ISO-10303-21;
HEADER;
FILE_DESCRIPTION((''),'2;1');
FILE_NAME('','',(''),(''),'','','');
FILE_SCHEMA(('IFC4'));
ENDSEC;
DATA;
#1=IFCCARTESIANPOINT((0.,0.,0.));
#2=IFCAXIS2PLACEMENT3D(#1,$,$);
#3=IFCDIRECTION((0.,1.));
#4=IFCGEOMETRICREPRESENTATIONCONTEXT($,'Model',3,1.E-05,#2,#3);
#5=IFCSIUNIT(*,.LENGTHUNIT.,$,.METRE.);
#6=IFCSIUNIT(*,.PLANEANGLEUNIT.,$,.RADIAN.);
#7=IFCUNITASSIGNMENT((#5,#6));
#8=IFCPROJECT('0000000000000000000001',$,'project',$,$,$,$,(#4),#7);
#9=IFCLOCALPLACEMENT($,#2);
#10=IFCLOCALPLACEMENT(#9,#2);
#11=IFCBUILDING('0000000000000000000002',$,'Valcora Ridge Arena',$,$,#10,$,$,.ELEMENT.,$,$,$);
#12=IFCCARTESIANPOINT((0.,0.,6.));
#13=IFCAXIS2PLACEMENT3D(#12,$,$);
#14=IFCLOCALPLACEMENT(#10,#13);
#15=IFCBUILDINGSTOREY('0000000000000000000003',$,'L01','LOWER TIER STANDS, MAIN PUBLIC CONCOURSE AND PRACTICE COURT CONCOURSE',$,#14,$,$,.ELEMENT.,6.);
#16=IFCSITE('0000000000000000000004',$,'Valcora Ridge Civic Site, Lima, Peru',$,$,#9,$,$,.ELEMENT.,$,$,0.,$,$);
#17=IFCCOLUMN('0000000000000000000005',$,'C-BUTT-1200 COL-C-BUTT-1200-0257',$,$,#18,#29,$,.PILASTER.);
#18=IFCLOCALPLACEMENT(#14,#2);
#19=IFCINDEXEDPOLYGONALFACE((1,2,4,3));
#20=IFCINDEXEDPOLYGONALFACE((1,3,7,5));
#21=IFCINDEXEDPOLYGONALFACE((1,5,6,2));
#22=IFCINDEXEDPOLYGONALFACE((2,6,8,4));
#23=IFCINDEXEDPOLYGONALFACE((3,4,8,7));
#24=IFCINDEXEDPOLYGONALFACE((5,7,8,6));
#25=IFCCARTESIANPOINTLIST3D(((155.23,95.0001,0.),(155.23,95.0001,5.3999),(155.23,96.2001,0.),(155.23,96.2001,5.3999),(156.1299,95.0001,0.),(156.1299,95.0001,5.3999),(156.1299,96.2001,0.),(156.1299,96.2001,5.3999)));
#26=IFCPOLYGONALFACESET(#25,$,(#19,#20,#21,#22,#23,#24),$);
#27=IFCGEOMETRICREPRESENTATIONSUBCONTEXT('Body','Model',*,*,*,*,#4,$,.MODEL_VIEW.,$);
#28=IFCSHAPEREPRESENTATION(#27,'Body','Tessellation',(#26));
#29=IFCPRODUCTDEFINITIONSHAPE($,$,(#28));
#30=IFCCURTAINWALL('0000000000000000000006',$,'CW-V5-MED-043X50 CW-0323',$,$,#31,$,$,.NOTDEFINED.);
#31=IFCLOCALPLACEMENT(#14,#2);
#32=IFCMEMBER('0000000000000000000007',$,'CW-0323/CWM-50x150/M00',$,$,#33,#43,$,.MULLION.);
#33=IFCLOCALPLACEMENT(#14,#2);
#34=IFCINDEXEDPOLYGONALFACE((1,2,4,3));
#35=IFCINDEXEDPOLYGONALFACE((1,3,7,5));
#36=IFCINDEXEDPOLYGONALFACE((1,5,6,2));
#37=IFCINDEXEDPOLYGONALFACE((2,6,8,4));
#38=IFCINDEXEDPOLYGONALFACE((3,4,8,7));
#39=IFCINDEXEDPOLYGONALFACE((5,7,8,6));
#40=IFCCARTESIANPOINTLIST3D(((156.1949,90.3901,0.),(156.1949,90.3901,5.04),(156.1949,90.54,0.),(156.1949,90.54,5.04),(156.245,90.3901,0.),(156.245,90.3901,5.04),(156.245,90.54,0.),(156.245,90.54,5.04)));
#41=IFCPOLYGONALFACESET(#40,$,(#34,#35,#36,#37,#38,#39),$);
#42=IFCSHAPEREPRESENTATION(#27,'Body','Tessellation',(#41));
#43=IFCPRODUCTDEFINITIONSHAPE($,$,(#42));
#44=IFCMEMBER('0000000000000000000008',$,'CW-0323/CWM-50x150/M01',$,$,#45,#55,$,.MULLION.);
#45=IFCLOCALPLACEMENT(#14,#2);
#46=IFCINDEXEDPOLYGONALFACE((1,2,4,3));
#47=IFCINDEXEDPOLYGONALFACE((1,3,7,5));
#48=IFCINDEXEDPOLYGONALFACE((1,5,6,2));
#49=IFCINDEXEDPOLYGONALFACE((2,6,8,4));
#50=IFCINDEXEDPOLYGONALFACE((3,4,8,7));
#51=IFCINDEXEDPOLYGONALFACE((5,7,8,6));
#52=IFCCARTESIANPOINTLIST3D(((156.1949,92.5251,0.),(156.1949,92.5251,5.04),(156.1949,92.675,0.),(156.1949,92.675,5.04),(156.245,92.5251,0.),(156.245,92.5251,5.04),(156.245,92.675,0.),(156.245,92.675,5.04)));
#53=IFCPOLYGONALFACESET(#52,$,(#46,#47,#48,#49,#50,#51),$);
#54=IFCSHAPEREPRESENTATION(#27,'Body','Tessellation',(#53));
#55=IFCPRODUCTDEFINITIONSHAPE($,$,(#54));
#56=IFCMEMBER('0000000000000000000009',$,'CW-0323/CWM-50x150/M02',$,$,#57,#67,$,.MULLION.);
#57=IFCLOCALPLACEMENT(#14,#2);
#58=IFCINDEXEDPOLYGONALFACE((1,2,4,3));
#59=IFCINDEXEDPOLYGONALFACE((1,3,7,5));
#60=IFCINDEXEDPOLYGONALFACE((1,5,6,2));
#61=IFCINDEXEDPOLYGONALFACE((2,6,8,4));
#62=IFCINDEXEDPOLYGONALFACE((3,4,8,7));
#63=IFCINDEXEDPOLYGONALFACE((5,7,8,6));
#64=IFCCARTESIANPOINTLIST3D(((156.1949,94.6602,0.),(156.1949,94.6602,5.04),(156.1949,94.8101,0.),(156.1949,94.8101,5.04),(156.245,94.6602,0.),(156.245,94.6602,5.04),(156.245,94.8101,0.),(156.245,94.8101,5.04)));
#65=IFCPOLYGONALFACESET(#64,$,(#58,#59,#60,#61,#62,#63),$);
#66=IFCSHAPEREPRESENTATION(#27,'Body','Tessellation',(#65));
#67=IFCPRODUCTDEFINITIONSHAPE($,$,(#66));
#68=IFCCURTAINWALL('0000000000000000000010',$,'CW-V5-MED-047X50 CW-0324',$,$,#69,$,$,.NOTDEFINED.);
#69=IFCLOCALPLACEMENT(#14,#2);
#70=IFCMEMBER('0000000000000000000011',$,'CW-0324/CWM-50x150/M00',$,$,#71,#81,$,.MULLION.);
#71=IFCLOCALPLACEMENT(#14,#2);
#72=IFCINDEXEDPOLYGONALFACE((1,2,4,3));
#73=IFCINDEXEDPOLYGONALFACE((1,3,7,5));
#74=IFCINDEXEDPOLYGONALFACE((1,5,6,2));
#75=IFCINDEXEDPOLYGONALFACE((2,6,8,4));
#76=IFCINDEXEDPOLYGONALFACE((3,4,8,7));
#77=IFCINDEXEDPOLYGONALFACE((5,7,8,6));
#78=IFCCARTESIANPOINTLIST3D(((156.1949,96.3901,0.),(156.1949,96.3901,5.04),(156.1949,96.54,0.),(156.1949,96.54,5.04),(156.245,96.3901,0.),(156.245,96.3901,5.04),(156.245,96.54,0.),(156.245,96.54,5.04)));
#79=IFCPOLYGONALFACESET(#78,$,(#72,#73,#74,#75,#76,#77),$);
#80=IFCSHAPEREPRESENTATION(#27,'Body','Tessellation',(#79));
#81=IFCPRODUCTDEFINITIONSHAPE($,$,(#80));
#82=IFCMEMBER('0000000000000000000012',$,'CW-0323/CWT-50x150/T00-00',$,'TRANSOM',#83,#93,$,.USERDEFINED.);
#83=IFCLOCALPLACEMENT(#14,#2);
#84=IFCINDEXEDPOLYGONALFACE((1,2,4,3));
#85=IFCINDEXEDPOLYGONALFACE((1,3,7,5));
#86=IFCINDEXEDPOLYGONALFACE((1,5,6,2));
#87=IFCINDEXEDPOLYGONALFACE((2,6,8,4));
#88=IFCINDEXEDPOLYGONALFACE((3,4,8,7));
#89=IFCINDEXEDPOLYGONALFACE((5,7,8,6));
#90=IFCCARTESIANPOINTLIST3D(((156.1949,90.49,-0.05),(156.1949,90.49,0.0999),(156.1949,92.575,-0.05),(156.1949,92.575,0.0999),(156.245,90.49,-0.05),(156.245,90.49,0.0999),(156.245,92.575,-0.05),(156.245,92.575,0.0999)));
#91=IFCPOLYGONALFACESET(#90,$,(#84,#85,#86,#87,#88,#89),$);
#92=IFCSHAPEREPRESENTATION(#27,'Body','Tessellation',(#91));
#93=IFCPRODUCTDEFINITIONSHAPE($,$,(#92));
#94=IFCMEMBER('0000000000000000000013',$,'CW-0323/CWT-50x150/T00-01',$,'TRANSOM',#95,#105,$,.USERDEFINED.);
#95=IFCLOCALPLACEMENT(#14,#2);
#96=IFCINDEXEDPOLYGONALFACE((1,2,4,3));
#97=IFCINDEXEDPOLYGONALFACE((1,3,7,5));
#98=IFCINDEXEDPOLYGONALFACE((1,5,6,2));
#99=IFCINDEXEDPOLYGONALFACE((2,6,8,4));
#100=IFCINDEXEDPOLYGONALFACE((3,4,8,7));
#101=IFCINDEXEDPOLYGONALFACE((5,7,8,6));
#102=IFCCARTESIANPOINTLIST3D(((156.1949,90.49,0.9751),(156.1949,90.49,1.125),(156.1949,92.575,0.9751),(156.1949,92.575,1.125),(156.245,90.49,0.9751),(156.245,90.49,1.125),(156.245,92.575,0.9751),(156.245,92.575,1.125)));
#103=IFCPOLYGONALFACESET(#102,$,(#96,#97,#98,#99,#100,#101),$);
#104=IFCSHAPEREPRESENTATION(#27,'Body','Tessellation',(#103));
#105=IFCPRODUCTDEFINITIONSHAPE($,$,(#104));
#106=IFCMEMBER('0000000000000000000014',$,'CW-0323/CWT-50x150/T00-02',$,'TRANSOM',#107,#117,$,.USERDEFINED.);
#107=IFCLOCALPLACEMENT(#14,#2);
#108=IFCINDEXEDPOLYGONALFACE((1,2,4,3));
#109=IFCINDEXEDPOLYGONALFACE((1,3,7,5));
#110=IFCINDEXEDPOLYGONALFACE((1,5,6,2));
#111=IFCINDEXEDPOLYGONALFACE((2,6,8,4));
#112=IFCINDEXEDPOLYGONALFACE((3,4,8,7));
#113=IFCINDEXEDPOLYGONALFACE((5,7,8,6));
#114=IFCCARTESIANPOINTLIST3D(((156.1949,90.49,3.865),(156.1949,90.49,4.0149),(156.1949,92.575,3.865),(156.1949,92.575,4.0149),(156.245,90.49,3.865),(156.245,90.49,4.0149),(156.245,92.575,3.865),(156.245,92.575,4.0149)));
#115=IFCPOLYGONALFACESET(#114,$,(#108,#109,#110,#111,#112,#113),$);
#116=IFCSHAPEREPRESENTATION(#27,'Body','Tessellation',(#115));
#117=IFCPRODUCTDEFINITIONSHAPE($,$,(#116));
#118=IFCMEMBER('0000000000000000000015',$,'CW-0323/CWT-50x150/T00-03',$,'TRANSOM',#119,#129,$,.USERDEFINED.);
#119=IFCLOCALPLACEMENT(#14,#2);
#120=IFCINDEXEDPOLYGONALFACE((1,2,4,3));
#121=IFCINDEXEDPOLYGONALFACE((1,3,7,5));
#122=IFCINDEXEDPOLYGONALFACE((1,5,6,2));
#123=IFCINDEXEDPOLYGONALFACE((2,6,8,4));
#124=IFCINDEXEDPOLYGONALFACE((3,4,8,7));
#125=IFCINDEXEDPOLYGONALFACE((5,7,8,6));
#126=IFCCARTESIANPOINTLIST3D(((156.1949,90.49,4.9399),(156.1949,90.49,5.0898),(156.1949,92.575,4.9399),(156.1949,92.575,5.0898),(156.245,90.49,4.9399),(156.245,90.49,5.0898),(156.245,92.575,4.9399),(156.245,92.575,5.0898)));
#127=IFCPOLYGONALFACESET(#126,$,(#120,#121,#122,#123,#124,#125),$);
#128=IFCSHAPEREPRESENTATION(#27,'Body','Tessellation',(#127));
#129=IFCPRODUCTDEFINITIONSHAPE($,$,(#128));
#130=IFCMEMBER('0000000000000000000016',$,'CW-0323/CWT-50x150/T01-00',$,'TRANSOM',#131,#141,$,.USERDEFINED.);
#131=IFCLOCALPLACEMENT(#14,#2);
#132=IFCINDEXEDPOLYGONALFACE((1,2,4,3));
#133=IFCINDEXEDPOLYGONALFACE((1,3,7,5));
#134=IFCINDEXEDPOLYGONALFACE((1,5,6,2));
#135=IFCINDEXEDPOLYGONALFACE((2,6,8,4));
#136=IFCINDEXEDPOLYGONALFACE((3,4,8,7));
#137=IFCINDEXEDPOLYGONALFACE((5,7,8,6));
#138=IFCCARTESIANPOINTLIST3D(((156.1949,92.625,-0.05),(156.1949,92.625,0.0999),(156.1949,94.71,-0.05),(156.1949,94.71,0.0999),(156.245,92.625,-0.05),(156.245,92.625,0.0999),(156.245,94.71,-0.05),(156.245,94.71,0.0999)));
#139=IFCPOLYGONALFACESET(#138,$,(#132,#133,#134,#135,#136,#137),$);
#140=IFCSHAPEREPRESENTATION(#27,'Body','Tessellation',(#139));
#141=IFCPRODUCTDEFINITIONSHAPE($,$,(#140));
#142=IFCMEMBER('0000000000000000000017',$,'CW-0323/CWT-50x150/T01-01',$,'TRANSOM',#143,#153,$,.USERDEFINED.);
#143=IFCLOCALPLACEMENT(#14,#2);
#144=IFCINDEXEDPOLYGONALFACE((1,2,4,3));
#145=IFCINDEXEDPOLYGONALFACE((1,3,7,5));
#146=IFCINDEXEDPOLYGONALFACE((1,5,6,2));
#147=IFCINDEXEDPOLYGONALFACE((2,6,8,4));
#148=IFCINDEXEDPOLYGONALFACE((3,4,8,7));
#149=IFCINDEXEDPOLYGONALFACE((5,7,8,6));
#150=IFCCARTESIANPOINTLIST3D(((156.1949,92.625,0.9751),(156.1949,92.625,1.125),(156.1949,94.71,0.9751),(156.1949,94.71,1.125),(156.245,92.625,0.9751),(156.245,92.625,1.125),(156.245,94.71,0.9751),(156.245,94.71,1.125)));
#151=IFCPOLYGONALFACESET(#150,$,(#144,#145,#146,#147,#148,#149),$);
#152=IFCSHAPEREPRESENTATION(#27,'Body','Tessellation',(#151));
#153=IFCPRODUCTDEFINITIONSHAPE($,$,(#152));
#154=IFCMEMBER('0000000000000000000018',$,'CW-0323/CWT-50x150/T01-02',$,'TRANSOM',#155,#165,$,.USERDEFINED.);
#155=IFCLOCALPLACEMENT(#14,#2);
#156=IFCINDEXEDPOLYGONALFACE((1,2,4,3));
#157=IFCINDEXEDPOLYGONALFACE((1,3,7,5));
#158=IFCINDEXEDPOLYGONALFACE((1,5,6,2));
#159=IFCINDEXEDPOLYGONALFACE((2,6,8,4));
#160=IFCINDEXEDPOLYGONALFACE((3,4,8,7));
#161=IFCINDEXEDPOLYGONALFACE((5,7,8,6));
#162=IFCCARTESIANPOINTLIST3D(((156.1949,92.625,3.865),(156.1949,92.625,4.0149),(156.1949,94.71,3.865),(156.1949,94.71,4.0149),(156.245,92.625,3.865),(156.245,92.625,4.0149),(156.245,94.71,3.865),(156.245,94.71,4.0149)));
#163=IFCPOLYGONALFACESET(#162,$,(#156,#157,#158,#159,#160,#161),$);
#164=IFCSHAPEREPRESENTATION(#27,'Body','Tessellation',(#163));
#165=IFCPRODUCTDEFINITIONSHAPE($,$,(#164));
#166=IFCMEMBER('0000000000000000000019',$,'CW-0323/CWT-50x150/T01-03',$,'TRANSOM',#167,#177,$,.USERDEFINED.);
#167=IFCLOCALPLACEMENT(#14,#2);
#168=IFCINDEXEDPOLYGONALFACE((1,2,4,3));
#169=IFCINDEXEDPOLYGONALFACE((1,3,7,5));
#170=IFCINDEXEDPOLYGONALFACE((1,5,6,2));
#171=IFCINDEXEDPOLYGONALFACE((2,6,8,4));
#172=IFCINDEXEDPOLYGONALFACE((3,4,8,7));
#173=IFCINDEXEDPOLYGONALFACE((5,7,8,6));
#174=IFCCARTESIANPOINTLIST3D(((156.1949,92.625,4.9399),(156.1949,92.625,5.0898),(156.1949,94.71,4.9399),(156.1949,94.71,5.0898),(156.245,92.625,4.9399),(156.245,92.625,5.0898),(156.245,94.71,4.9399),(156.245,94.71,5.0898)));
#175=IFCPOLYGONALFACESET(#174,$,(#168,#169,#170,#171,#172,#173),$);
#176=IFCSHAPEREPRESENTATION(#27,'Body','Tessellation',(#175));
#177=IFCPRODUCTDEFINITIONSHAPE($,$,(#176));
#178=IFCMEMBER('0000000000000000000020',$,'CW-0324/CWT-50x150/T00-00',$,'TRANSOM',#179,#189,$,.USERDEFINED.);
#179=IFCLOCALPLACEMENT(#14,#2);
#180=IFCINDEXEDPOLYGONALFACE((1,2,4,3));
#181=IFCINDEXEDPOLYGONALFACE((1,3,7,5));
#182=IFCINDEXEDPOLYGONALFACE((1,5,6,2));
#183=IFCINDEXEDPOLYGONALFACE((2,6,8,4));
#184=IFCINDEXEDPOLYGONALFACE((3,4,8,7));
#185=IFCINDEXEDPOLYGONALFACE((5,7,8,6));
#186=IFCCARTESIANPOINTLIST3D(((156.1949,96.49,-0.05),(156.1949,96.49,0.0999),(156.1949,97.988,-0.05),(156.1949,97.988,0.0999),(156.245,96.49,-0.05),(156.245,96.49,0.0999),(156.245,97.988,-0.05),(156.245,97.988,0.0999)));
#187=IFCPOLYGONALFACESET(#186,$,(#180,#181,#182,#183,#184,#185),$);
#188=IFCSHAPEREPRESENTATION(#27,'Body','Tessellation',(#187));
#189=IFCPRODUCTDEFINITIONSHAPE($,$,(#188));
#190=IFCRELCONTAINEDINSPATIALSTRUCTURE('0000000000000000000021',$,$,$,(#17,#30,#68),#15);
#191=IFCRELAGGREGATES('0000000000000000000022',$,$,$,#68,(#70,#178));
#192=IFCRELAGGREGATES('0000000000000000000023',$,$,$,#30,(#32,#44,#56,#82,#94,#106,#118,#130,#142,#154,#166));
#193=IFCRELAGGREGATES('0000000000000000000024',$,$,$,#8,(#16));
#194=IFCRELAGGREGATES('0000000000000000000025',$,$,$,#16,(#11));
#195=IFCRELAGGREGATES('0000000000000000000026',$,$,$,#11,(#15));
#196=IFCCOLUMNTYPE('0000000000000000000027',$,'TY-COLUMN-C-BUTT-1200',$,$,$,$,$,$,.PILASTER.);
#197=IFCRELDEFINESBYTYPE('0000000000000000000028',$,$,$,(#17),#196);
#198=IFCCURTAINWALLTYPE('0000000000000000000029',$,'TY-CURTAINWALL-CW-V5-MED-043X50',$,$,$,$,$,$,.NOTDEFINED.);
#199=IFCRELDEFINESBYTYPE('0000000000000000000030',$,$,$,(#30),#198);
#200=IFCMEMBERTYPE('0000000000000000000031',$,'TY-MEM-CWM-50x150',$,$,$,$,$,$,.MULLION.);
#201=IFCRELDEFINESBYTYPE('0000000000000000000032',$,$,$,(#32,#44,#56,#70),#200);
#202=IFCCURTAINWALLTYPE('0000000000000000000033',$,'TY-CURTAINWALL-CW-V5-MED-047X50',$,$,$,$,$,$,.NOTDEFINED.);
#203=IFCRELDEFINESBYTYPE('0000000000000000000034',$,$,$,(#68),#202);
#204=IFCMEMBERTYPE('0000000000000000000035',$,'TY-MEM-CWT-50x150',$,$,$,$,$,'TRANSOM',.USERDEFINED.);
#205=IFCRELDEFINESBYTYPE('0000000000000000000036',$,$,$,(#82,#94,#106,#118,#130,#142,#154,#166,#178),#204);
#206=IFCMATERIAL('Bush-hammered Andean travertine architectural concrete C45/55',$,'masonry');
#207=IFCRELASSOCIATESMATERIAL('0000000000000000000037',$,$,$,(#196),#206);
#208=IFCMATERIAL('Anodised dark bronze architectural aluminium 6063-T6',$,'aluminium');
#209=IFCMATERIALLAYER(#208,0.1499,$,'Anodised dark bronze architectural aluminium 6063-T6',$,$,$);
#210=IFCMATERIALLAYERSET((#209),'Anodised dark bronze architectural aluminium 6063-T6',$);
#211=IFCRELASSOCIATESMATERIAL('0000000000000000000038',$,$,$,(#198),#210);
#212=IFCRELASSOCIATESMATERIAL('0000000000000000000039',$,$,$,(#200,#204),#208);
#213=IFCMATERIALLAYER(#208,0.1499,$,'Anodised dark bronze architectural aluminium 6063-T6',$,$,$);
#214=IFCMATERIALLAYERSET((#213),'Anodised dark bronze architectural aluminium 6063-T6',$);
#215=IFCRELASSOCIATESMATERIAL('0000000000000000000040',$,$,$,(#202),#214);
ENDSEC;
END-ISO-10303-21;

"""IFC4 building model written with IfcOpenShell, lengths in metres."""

from ifc_helpers import new_model, si_unit, direction, frame, origin, origin_2d, place, context, subcontext, project, spatial, rectangle, extrude, material, layer, layer_set, material_profile, profile_set, type_object, element, aggregate, save


model = new_model("IFC4")

# Units and contexts
model_context = context("Model", 3, precision=1e-05, world=origin(), true_north=direction((0.0, 1.0)))
body_context = subcontext(model_context, "Body", "Model", "MODEL_VIEW")
ifc_project = project(units=[si_unit("LENGTHUNIT", "METRE"), si_unit("PLANEANGLEUNIT", "RADIAN")], contexts=[model_context])

# Site, building, storey
site_placement = place(None, origin())
site = spatial("IfcSite", under=ifc_project, at=site_placement, Name="Valcora Ridge Civic Site, Lima, Peru", CompositionType="ELEMENT", RefElevation=0.0)
building_placement = place(site_placement, origin())
building = spatial("IfcBuilding", under=site, at=building_placement, Name="Valcora Ridge Arena", CompositionType="ELEMENT")
storey_placement = place(building_placement, frame((0.0, 0.0, 6.0)))
storey = spatial("IfcBuildingStorey", under=building, at=storey_placement, Name="L01", Description="LOWER TIER STANDS, MAIN PUBLIC CONCOURSE AND PRACTICE COURT CONCOURSE", CompositionType="ELEMENT", Elevation=6.0)

# Column
ifc_material_1 = material(Name="Bush-hammered Andean travertine architectural concrete C45/55", Category="masonry")
ifc_material_profile_1 = material_profile(ifc_material_1, rectangle(XDim=0.8999, YDim=1.2, at=origin_2d()), Name="RC 900x1200")
ifc_profile_set_1 = profile_set([ifc_material_profile_1], Name="Bush-hammered Andean travertine architectural concrete C45/55")
column_type = type_object("IfcColumnType", Name="TY-COLUMN-C-BUTT-1200", PredefinedType="PILASTER", material=ifc_profile_set_1)
column_placement = place(storey_placement, frame((155.6799, 95.6001, 0.0), z_axis=(0.0, 0.0, 1.0), x_axis=(1.0, 0.0, 0.0)))
element("IfcColumn", 1, at=column_placement, inside=storey, type_object=column_type, Name="C-BUTT-1200 COL-C-BUTT-1200-0257", PredefinedType="PILASTER", context=body_context, shape_type="SweptSolid", body=[
    extrude(rectangle(XDim=0.8999, YDim=1.2, at=origin_2d()), origin(), (0.0, 0.0, 1.0), 5.3999),
])

# Curtain wall, members
ifc_material_2 = material(Name="Anodised dark bronze architectural aluminium 6063-T6", Category="aluminium")
ifc_layer_1 = layer(ifc_material_2, 0.1499, Name="Anodised dark bronze architectural aluminium 6063-T6")
ifc_layer_set_1 = layer_set([ifc_layer_1], Name="Anodised dark bronze architectural aluminium 6063-T6")
curtain_wall_type_1 = type_object("IfcCurtainWallType", Name="TY-CURTAINWALL-CW-V5-MED-043X50", PredefinedType="NOTDEFINED", material=ifc_layer_set_1)
curtain_wall_1_placement = place(storey_placement, origin())
curtain_wall_1 = element("IfcCurtainWall", 2, at=curtain_wall_1_placement, inside=storey, type_object=curtain_wall_type_1, Name="CW-V5-MED-043X50 CW-0323", PredefinedType="NOTDEFINED")
ifc_material_profile_2 = material_profile(ifc_material_2, rectangle(XDim=0.05, YDim=0.1499, at=origin_2d()), Name="ALU MULLION 50x150")
ifc_profile_set_2 = profile_set([ifc_material_profile_2], Name="Anodised dark bronze architectural aluminium 6063-T6")
member_type_1 = type_object("IfcMemberType", Name="TY-MEM-CWM-50x150", PredefinedType="MULLION", material=ifc_profile_set_2)
member_1_placement = place(storey_placement, frame((156.22, 90.4651, 0.0), z_axis=(0.0, 0.0, 1.0), x_axis=(-1.0, 0.0, 0.0)))
member_1 = element("IfcMember", 3, at=member_1_placement, type_object=member_type_1, Name="CW-0323/CWM-50x150/M00", PredefinedType="MULLION", context=body_context, shape_type="SweptSolid", body=[
    extrude(rectangle(XDim=0.05, YDim=0.1499, at=origin_2d()), origin(), (0.0, 0.0, 1.0), 5.04),
])
member_2_placement = place(storey_placement, frame((156.22, 92.6001, 0.0), z_axis=(0.0, 0.0, 1.0), x_axis=(-1.0, 0.0, 0.0)))
member_2 = element("IfcMember", 4, at=member_2_placement, type_object=member_type_1, Name="CW-0323/CWM-50x150/M01", PredefinedType="MULLION", context=body_context, shape_type="SweptSolid", body=[
    extrude(rectangle(XDim=0.05, YDim=0.1499, at=origin_2d()), origin(), (0.0, 0.0, 1.0), 5.04),
])
member_3_placement = place(storey_placement, frame((156.22, 94.7351, 0.0), z_axis=(0.0, 0.0, 1.0), x_axis=(-1.0, 0.0, 0.0)))
member_3 = element("IfcMember", 5, at=member_3_placement, type_object=member_type_1, Name="CW-0323/CWM-50x150/M02", PredefinedType="MULLION", context=body_context, shape_type="SweptSolid", body=[
    extrude(rectangle(XDim=0.05, YDim=0.1499, at=origin_2d()), origin(), (0.0, 0.0, 1.0), 5.04),
])

# Curtain wall, member
ifc_layer_2 = layer(ifc_material_2, 0.1499, Name="Anodised dark bronze architectural aluminium 6063-T6")
ifc_layer_set_2 = layer_set([ifc_layer_2], Name="Anodised dark bronze architectural aluminium 6063-T6")
curtain_wall_type_2 = type_object("IfcCurtainWallType", Name="TY-CURTAINWALL-CW-V5-MED-047X50", PredefinedType="NOTDEFINED", material=ifc_layer_set_2)
curtain_wall_2_placement = place(storey_placement, origin())
curtain_wall_2 = element("IfcCurtainWall", 6, at=curtain_wall_2_placement, inside=storey, type_object=curtain_wall_type_2, Name="CW-V5-MED-047X50 CW-0324", PredefinedType="NOTDEFINED")
member_4_placement = place(storey_placement, frame((156.22, 96.4651, 0.0), z_axis=(0.0, 0.0, 1.0), x_axis=(-1.0, 0.0, 0.0)))
member_4 = element("IfcMember", 7, at=member_4_placement, type_object=member_type_1, Name="CW-0324/CWM-50x150/M00", PredefinedType="MULLION", context=body_context, shape_type="SweptSolid", body=[
    extrude(rectangle(XDim=0.05, YDim=0.1499, at=origin_2d()), origin(), (0.0, 0.0, 1.0), 5.04),
])

# Members
ifc_material_profile_3 = material_profile(ifc_material_2, rectangle(XDim=0.05, YDim=0.1499, at=origin_2d()), Name="ALU TRANSOM 50x150")
ifc_profile_set_3 = profile_set([ifc_material_profile_3], Name="Anodised dark bronze architectural aluminium 6063-T6")
member_type_2 = type_object("IfcMemberType", Name="TY-MEM-CWT-50x150", ElementType="TRANSOM", PredefinedType="USERDEFINED", material=ifc_profile_set_3)
member_5_placement = place(storey_placement, frame((156.22, 90.49, 0.0249), z_axis=(0.0, 1.0, 0.0), x_axis=(-1.0, 0.0, 0.0)))
member_5 = element("IfcMember", 8, at=member_5_placement, type_object=member_type_2, Name="CW-0323/CWT-50x150/T00-00", ObjectType="TRANSOM", PredefinedType="USERDEFINED", context=body_context, shape_type="SweptSolid", body=[
    extrude(rectangle(XDim=0.05, YDim=0.1499, at=origin_2d()), origin(), (0.0, 0.0, 1.0), 2.085),
])
member_6_placement = place(storey_placement, frame((156.22, 90.49, 1.05), z_axis=(0.0, 1.0, 0.0), x_axis=(-1.0, 0.0, 0.0)))
member_6 = element("IfcMember", 9, at=member_6_placement, type_object=member_type_2, Name="CW-0323/CWT-50x150/T00-01", ObjectType="TRANSOM", PredefinedType="USERDEFINED", context=body_context, shape_type="SweptSolid", body=[
    extrude(rectangle(XDim=0.05, YDim=0.1499, at=origin_2d()), origin(), (0.0, 0.0, 1.0), 2.085),
])
member_7_placement = place(storey_placement, frame((156.22, 90.49, 3.9399), z_axis=(0.0, 1.0, 0.0), x_axis=(-1.0, 0.0, 0.0)))
member_7 = element("IfcMember", 10, at=member_7_placement, type_object=member_type_2, Name="CW-0323/CWT-50x150/T00-02", ObjectType="TRANSOM", PredefinedType="USERDEFINED", context=body_context, shape_type="SweptSolid", body=[
    extrude(rectangle(XDim=0.05, YDim=0.1499, at=origin_2d()), origin(), (0.0, 0.0, 1.0), 2.085),
])
member_8_placement = place(storey_placement, frame((156.22, 90.49, 5.0149), z_axis=(0.0, 1.0, 0.0), x_axis=(-1.0, 0.0, 0.0)))
member_8 = element("IfcMember", 11, at=member_8_placement, type_object=member_type_2, Name="CW-0323/CWT-50x150/T00-03", ObjectType="TRANSOM", PredefinedType="USERDEFINED", context=body_context, shape_type="SweptSolid", body=[
    extrude(rectangle(XDim=0.05, YDim=0.1499, at=origin_2d()), origin(), (0.0, 0.0, 1.0), 2.085),
])
member_9_placement = place(storey_placement, frame((156.22, 92.625, 0.0249), z_axis=(0.0, 1.0, 0.0), x_axis=(-1.0, 0.0, 0.0)))
member_9 = element("IfcMember", 12, at=member_9_placement, type_object=member_type_2, Name="CW-0323/CWT-50x150/T01-00", ObjectType="TRANSOM", PredefinedType="USERDEFINED", context=body_context, shape_type="SweptSolid", body=[
    extrude(rectangle(XDim=0.05, YDim=0.1499, at=origin_2d()), origin(), (0.0, 0.0, 1.0), 2.085),
])
member_10_placement = place(storey_placement, frame((156.22, 92.625, 1.05), z_axis=(0.0, 1.0, 0.0), x_axis=(-1.0, 0.0, 0.0)))
member_10 = element("IfcMember", 13, at=member_10_placement, type_object=member_type_2, Name="CW-0323/CWT-50x150/T01-01", ObjectType="TRANSOM", PredefinedType="USERDEFINED", context=body_context, shape_type="SweptSolid", body=[
    extrude(rectangle(XDim=0.05, YDim=0.1499, at=origin_2d()), origin(), (0.0, 0.0, 1.0), 2.085),
])
member_11_placement = place(storey_placement, frame((156.22, 92.625, 3.9399), z_axis=(0.0, 1.0, 0.0), x_axis=(-1.0, 0.0, 0.0)))
member_11 = element("IfcMember", 14, at=member_11_placement, type_object=member_type_2, Name="CW-0323/CWT-50x150/T01-02", ObjectType="TRANSOM", PredefinedType="USERDEFINED", context=body_context, shape_type="SweptSolid", body=[
    extrude(rectangle(XDim=0.05, YDim=0.1499, at=origin_2d()), origin(), (0.0, 0.0, 1.0), 2.085),
])
member_12_placement = place(storey_placement, frame((156.22, 92.625, 5.0149), z_axis=(0.0, 1.0, 0.0), x_axis=(-1.0, 0.0, 0.0)))
member_12 = element("IfcMember", 15, at=member_12_placement, type_object=member_type_2, Name="CW-0323/CWT-50x150/T01-03", ObjectType="TRANSOM", PredefinedType="USERDEFINED", context=body_context, shape_type="SweptSolid", body=[
    extrude(rectangle(XDim=0.05, YDim=0.1499, at=origin_2d()), origin(), (0.0, 0.0, 1.0), 2.085),
])
member_13_placement = place(storey_placement, frame((156.22, 96.49, 0.0249), z_axis=(0.0, 1.0, 0.0), x_axis=(-1.0, 0.0, 0.0)))
member_13 = element("IfcMember", 16, at=member_13_placement, type_object=member_type_2, Name="CW-0324/CWT-50x150/T00-00", ObjectType="TRANSOM", PredefinedType="USERDEFINED", context=body_context, shape_type="SweptSolid", body=[
    extrude(rectangle(XDim=0.05, YDim=0.1499, at=origin_2d()), origin(), (0.0, 0.0, 1.0), 1.498),
])
aggregate(curtain_wall_2, [member_4, member_13])

aggregate(curtain_wall_1, [member_1, member_2, member_3, member_5, member_6, member_7, member_8, member_9, member_10, member_11, member_12])

save(model, "model.ifc")
